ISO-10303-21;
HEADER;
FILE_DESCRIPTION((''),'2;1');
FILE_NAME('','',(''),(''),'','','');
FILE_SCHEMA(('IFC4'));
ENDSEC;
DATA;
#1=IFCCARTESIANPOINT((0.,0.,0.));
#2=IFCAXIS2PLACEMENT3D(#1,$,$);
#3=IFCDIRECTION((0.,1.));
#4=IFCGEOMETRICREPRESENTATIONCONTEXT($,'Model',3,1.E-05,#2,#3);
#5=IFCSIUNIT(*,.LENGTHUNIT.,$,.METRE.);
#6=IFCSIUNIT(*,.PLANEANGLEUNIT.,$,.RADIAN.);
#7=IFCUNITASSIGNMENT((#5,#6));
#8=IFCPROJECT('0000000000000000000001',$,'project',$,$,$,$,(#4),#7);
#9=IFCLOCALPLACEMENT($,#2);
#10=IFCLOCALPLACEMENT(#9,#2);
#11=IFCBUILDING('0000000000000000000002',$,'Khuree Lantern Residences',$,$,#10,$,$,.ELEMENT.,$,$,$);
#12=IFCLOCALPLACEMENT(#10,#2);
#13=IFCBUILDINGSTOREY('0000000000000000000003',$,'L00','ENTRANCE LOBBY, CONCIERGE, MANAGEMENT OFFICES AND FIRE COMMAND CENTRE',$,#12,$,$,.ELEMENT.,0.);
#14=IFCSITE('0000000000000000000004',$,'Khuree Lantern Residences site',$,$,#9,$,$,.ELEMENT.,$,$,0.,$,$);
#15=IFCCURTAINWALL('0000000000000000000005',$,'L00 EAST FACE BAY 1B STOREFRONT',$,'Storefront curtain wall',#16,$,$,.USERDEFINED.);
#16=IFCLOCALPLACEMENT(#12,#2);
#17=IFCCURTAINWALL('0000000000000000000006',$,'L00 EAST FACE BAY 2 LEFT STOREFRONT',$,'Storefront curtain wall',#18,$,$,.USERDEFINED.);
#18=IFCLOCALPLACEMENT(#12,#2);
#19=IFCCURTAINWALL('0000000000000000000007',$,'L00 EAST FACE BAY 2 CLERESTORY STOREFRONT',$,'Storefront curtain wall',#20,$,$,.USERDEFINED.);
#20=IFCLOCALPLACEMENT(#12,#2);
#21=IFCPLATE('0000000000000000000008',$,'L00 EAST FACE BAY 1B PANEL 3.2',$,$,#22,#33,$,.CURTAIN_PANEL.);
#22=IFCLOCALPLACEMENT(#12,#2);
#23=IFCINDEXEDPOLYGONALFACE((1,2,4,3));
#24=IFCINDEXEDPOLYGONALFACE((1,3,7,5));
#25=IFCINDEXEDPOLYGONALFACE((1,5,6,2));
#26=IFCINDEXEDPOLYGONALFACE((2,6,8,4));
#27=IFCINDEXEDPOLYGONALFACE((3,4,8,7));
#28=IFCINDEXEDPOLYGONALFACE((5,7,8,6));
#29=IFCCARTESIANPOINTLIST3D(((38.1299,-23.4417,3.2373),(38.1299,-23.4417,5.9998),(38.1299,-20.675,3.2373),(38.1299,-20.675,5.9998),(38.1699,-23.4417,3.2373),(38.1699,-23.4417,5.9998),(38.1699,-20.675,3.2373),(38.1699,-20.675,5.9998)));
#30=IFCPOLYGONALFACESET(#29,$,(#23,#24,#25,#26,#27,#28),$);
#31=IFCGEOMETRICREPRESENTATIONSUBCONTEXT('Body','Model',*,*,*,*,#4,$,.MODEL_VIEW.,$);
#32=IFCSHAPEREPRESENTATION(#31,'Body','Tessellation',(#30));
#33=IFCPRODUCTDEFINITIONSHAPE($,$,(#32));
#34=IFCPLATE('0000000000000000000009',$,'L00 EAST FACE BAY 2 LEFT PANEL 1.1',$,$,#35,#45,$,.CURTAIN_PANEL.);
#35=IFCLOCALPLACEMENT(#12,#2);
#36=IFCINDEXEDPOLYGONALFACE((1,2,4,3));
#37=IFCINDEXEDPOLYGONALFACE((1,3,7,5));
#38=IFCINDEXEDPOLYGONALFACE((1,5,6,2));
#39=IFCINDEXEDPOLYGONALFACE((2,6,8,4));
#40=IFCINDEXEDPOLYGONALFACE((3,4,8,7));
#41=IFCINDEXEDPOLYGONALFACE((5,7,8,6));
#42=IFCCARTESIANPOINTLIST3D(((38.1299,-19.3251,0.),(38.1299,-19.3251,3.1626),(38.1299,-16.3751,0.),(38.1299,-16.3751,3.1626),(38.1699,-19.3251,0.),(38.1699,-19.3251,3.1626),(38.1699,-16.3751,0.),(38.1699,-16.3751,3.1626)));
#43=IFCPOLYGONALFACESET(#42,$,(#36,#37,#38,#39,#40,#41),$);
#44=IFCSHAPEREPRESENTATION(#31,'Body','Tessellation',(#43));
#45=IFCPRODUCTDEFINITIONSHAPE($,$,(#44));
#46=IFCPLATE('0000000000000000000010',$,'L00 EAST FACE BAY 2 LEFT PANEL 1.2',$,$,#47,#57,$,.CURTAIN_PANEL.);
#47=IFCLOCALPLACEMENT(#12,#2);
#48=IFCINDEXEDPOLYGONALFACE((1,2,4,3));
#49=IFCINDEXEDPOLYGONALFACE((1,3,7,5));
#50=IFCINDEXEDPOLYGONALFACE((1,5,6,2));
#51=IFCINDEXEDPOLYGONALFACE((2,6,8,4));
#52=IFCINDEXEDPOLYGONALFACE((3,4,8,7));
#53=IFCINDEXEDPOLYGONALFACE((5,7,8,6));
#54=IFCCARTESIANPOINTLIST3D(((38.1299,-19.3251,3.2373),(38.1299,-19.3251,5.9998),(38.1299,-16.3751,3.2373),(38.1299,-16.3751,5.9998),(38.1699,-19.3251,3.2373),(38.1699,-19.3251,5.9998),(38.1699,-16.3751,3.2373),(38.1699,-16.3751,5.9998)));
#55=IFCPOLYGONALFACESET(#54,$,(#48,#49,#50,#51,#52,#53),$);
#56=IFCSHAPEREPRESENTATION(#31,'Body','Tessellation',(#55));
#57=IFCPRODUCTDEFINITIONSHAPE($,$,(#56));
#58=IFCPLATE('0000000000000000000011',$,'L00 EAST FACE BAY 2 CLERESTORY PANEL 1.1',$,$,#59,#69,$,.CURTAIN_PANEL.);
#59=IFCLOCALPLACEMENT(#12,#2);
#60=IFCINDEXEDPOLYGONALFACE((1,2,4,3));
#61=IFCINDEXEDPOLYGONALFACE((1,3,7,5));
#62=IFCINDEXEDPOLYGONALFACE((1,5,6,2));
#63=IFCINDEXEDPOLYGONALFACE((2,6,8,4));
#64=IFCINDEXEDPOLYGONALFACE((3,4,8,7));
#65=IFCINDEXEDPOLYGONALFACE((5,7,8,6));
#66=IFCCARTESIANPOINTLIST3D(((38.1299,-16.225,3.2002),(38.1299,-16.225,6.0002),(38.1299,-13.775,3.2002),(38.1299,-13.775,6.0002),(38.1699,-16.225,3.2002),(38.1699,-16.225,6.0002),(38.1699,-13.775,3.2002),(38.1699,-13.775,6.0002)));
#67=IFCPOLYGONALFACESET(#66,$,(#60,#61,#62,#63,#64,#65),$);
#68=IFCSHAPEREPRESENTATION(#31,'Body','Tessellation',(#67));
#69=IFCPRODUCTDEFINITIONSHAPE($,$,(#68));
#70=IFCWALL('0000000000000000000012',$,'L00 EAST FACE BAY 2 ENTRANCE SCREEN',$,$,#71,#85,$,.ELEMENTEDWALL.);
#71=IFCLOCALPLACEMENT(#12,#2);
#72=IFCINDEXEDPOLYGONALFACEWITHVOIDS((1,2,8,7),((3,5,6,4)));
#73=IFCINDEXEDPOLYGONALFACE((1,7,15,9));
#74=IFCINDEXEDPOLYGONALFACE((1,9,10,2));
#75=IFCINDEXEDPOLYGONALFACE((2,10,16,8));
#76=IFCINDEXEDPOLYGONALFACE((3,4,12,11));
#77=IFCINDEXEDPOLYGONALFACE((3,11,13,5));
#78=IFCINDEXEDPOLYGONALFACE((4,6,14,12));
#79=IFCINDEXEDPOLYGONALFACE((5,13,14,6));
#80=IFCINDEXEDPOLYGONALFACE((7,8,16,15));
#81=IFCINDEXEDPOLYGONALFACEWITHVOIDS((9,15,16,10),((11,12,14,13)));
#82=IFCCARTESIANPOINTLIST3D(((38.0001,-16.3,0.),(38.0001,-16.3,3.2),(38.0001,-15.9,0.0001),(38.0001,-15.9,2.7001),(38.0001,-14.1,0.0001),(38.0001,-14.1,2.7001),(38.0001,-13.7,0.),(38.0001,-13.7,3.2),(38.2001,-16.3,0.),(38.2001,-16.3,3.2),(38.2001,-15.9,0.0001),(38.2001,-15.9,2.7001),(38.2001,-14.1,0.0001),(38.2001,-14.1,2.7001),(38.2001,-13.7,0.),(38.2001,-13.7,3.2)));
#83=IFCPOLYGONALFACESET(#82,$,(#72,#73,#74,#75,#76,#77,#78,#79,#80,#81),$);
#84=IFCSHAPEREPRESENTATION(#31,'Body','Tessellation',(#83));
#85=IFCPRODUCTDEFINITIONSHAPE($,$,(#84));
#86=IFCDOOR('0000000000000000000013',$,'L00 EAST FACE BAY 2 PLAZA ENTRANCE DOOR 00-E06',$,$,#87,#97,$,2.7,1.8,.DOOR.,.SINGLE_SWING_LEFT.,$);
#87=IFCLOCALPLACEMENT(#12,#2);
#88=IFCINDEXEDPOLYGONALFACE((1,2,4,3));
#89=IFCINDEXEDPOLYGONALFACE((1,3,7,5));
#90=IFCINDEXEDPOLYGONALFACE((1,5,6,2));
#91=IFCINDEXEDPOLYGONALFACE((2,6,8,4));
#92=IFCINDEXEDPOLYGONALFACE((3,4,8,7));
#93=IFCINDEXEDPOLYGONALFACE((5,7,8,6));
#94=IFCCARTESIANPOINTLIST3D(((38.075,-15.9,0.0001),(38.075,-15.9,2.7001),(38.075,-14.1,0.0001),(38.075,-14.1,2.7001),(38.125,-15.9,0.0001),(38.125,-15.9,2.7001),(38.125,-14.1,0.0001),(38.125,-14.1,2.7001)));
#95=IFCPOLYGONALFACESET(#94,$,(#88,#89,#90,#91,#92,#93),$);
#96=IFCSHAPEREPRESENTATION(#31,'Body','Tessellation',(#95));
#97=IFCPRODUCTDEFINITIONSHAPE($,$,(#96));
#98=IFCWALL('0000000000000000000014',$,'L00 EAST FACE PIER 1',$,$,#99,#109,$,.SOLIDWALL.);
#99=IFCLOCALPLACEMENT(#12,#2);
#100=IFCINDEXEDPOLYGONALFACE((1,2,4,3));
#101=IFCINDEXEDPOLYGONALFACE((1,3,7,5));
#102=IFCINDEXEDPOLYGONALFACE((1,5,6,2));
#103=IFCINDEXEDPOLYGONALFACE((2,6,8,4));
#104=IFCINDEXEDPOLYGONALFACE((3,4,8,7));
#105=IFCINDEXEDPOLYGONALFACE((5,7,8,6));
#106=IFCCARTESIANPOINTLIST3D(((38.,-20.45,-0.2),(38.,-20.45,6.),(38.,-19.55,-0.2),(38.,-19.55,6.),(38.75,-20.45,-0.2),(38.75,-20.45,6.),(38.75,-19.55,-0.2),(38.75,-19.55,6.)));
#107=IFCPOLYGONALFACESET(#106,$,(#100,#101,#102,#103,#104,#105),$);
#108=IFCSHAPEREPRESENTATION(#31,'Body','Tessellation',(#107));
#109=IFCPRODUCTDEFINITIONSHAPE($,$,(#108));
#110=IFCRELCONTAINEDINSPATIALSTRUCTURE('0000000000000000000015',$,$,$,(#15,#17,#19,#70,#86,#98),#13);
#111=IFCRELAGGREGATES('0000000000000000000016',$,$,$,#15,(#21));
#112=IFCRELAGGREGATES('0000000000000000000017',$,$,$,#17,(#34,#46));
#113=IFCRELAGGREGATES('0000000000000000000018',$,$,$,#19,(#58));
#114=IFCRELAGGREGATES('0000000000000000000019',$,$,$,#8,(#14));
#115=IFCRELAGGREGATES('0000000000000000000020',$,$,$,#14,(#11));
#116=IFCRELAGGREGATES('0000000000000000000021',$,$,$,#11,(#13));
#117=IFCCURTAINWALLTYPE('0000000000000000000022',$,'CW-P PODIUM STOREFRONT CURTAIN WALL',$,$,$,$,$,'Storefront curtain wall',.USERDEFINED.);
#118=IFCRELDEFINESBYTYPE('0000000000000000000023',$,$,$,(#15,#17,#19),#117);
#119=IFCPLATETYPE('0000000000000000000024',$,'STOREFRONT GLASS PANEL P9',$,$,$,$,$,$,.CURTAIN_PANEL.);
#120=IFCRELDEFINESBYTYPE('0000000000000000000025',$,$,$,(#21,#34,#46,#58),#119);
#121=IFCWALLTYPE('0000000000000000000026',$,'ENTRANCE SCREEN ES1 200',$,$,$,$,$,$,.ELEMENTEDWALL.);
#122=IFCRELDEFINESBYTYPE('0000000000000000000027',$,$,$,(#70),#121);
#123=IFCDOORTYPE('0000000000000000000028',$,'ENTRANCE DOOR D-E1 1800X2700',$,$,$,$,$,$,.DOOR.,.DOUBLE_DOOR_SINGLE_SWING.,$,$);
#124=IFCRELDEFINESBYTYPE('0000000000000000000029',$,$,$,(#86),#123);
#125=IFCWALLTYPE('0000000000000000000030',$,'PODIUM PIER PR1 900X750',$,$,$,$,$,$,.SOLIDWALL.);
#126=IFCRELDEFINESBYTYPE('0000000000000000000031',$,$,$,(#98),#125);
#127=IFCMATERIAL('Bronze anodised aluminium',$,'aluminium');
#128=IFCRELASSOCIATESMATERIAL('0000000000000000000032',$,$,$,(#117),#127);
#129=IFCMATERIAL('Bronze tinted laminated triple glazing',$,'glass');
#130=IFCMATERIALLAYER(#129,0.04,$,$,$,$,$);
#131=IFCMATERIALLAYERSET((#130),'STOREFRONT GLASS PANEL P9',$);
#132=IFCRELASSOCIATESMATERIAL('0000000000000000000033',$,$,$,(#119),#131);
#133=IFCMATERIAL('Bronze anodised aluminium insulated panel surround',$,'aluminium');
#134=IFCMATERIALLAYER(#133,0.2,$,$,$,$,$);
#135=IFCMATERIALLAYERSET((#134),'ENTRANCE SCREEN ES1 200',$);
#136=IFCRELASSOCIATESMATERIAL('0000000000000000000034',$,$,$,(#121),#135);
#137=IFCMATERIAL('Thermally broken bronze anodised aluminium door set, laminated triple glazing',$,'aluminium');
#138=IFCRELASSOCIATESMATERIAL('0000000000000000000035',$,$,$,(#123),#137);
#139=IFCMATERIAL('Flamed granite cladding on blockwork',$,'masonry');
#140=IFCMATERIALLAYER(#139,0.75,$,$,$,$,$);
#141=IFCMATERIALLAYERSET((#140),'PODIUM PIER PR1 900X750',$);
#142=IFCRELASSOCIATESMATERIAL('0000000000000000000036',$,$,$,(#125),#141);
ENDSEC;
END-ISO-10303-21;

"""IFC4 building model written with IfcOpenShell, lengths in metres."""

from ifc_helpers import new_model, si_unit, direction, frame, frame_2d, origin, origin_2d, place, context, subcontext, project, spatial, rectangle, extrude, material, layer, layer_set, type_object, element, fill, aggregate, save


model = new_model("IFC4")

# Units and contexts
model_context = context("Model", 3, precision=1e-05, world=origin(), true_north=direction((0.0, 1.0)))
body_context = subcontext(model_context, "Body", "Model", "MODEL_VIEW")
ifc_project = project(units=[si_unit("LENGTHUNIT", "METRE"), si_unit("PLANEANGLEUNIT", "RADIAN")], contexts=[model_context])

# Site, building, storey
site_placement = place(None, origin())
site = spatial("IfcSite", under=ifc_project, at=site_placement, Name="Khuree Lantern Residences site", CompositionType="ELEMENT", RefElevation=0.0)
building_placement = place(site_placement, origin())
building = spatial("IfcBuilding", under=site, at=building_placement, Name="Khuree Lantern Residences", CompositionType="ELEMENT")
storey_placement = place(building_placement, origin())
storey = spatial("IfcBuildingStorey", under=building, at=storey_placement, Name="L00", Description="ENTRANCE LOBBY, CONCIERGE, MANAGEMENT OFFICES AND FIRE COMMAND CENTRE", CompositionType="ELEMENT", Elevation=0.0)

# Curtain walls
ifc_material_1 = material(Name="Bronze anodised aluminium", Category="aluminium")
curtain_wall_type = type_object("IfcCurtainWallType", Name="CW-P PODIUM STOREFRONT CURTAIN WALL", ElementType="Storefront curtain wall", PredefinedType="USERDEFINED", material=ifc_material_1)
curtain_wall_1_placement = place(storey_placement, origin())
curtain_wall_1 = element("IfcCurtainWall", 1, at=curtain_wall_1_placement, inside=storey, type_object=curtain_wall_type, Name="L00 EAST FACE BAY 1B STOREFRONT", ObjectType="Storefront curtain wall", PredefinedType="USERDEFINED")
curtain_wall_2_placement = place(storey_placement, origin())
curtain_wall_2 = element("IfcCurtainWall", 2, at=curtain_wall_2_placement, inside=storey, type_object=curtain_wall_type, Name="L00 EAST FACE BAY 2 LEFT STOREFRONT", ObjectType="Storefront curtain wall", PredefinedType="USERDEFINED")

# Curtain wall
curtain_wall_3_placement = place(storey_placement, origin())
curtain_wall_3 = element("IfcCurtainWall", 3, at=curtain_wall_3_placement, inside=storey, type_object=curtain_wall_type, Name="L00 EAST FACE BAY 2 CLERESTORY STOREFRONT", ObjectType="Storefront curtain wall", PredefinedType="USERDEFINED")

# Plates
ifc_material_2 = material(Name="Bronze tinted laminated triple glazing", Category="glass")
ifc_layer_1 = layer(ifc_material_2, 0.04)
ifc_layer_set_1 = layer_set([ifc_layer_1], Name="STOREFRONT GLASS PANEL P9")
plate_type = type_object("IfcPlateType", Name="STOREFRONT GLASS PANEL P9", PredefinedType="CURTAIN_PANEL", material=ifc_layer_set_1)
plate_1_placement = place(storey_placement, frame((38.1499, -22.0583, 3.2373), z_axis=(0.0, 0.0, 1.0), x_axis=(0.0, 1.0, 0.0)))
plate_1 = element("IfcPlate", 4, at=plate_1_placement, type_object=plate_type, Name="L00 EAST FACE BAY 1B PANEL 3.2", PredefinedType="CURTAIN_PANEL", context=body_context, shape_type="SweptSolid", body=[
    extrude(rectangle(XDim=2.7666, YDim=0.04, at=origin_2d()), origin(), (0.0, 0.0, 1.0), 2.7625),
])
aggregate(curtain_wall_1, [plate_1])
plate_2_placement = place(storey_placement, frame((38.1499, -17.8501, 0.0), z_axis=(0.0, 0.0, 1.0), x_axis=(0.0, 1.0, 0.0)))
plate_2 = element("IfcPlate", 5, at=plate_2_placement, type_object=plate_type, Name="L00 EAST FACE BAY 2 LEFT PANEL 1.1", PredefinedType="CURTAIN_PANEL", context=body_context, shape_type="SweptSolid", body=[
    extrude(rectangle(XDim=2.95, YDim=0.04, at=origin_2d()), origin(), (0.0, 0.0, 1.0), 3.1626),
])
plate_3_placement = place(storey_placement, frame((38.1499, -17.8501, 3.2373), z_axis=(0.0, 0.0, 1.0), x_axis=(0.0, 1.0, 0.0)))
plate_3 = element("IfcPlate", 6, at=plate_3_placement, type_object=plate_type, Name="L00 EAST FACE BAY 2 LEFT PANEL 1.2", PredefinedType="CURTAIN_PANEL", context=body_context, shape_type="SweptSolid", body=[
    extrude(rectangle(XDim=2.95, YDim=0.04, at=origin_2d()), origin(), (0.0, 0.0, 1.0), 2.7625),
])
aggregate(curtain_wall_2, [plate_2, plate_3])
plate_4_placement = place(storey_placement, frame((38.1499, -15.0, 3.2002), z_axis=(0.0, 0.0, 1.0), x_axis=(0.0, 1.0, 0.0)))
plate_4 = element("IfcPlate", 7, at=plate_4_placement, type_object=plate_type, Name="L00 EAST FACE BAY 2 CLERESTORY PANEL 1.1", PredefinedType="CURTAIN_PANEL", context=body_context, shape_type="SweptSolid", body=[
    extrude(rectangle(XDim=2.45, YDim=0.04, at=origin_2d()), origin(), (0.0, 0.0, 1.0), 2.8),
])
aggregate(curtain_wall_3, [plate_4])

# Wall, opening, door
ifc_material_3 = material(Name="Bronze anodised aluminium insulated panel surround", Category="aluminium")
ifc_layer_2 = layer(ifc_material_3, 0.2)
ifc_layer_set_2 = layer_set([ifc_layer_2], Name="ENTRANCE SCREEN ES1 200")
wall_type_1 = type_object("IfcWallType", Name="ENTRANCE SCREEN ES1 200", PredefinedType="ELEMENTEDWALL", material=ifc_layer_set_2)
wall_1_placement = place(storey_placement, frame((38.1001, -16.3, 0.0), z_axis=(0.0, 0.0, 1.0), x_axis=(0.0, 1.0, 0.0)))
wall_1 = element("IfcWall", 8, at=wall_1_placement, inside=storey, type_object=wall_type_1, Name="L00 EAST FACE BAY 2 ENTRANCE SCREEN", PredefinedType="ELEMENTEDWALL", context=body_context, shape_type="SweptSolid", body=[
    extrude(rectangle(XDim=2.6001, YDim=0.2, at=frame_2d((1.3, 0.0))), origin(), (0.0, 0.0, 1.0), 3.2),
])
opening_placement = place(wall_1_placement, frame((2.2, 0.0, 0.0), z_axis=(0.0, 0.0, 1.0), x_axis=(-1.0, 0.0, 0.0)))
opening = element("IfcOpeningElement", 9, at=opening_placement, cuts=wall_1, PredefinedType="OPENING", context=body_context, shape_type="SweptSolid", body=[
    extrude(rectangle(XDim=1.8, YDim=2.7, at=frame_2d((0.8999, 1.3501))), frame((0.0, 0.1099, 0.0), z_axis=(0.0, -1.0, 0.0), x_axis=(1.0, 0.0, 0.0)), (0.0, 0.0, 1.0), 0.22),
])
ifc_material_4 = material(Name="Thermally broken bronze anodised aluminium door set, laminated triple glazing", Category="aluminium")
door_type = type_object("IfcDoorType", Name="ENTRANCE DOOR D-E1 1800X2700", OperationType="DOUBLE_DOOR_SINGLE_SWING", PredefinedType="DOOR", material=ifc_material_4)
door_placement = place(opening_placement, origin())
door = element("IfcDoor", 10, at=door_placement, inside=storey, type_object=door_type, Name="L00 EAST FACE BAY 2 PLAZA ENTRANCE DOOR 00-E06", OperationType="SINGLE_SWING_LEFT", OverallHeight=2.7, OverallWidth=1.8, PredefinedType="DOOR", context=body_context, shape_type="SweptSolid", body=[
    extrude(rectangle(XDim=1.8, YDim=2.7, at=frame_2d((0.8999, 1.3501))), frame((0.0, 0.0249, 0.0), z_axis=(0.0, -1.0, 0.0), x_axis=(1.0, 0.0, 0.0)), (0.0, 0.0, 1.0), 0.05),
])
fill(opening, door)

# Wall
ifc_material_5 = material(Name="Flamed granite cladding on blockwork", Category="masonry")
ifc_layer_3 = layer(ifc_material_5, 0.75)
ifc_layer_set_3 = layer_set([ifc_layer_3], Name="PODIUM PIER PR1 900X750")
wall_type_2 = type_object("IfcWallType", Name="PODIUM PIER PR1 900X750", PredefinedType="SOLIDWALL", material=ifc_layer_set_3)
wall_2_placement = place(storey_placement, frame((38.375, -20.45, -0.2), z_axis=(0.0, 0.0, 1.0), x_axis=(0.0, 1.0, 0.0)))
element("IfcWall", 11, at=wall_2_placement, inside=storey, type_object=wall_type_2, Name="L00 EAST FACE PIER 1", PredefinedType="SOLIDWALL", context=body_context, shape_type="SweptSolid", body=[
    extrude(rectangle(XDim=0.8999, YDim=0.75, at=frame_2d((0.45, 0.0))), origin(), (0.0, 0.0, 1.0), 6.2),
])

save(model, "model.ifc")
